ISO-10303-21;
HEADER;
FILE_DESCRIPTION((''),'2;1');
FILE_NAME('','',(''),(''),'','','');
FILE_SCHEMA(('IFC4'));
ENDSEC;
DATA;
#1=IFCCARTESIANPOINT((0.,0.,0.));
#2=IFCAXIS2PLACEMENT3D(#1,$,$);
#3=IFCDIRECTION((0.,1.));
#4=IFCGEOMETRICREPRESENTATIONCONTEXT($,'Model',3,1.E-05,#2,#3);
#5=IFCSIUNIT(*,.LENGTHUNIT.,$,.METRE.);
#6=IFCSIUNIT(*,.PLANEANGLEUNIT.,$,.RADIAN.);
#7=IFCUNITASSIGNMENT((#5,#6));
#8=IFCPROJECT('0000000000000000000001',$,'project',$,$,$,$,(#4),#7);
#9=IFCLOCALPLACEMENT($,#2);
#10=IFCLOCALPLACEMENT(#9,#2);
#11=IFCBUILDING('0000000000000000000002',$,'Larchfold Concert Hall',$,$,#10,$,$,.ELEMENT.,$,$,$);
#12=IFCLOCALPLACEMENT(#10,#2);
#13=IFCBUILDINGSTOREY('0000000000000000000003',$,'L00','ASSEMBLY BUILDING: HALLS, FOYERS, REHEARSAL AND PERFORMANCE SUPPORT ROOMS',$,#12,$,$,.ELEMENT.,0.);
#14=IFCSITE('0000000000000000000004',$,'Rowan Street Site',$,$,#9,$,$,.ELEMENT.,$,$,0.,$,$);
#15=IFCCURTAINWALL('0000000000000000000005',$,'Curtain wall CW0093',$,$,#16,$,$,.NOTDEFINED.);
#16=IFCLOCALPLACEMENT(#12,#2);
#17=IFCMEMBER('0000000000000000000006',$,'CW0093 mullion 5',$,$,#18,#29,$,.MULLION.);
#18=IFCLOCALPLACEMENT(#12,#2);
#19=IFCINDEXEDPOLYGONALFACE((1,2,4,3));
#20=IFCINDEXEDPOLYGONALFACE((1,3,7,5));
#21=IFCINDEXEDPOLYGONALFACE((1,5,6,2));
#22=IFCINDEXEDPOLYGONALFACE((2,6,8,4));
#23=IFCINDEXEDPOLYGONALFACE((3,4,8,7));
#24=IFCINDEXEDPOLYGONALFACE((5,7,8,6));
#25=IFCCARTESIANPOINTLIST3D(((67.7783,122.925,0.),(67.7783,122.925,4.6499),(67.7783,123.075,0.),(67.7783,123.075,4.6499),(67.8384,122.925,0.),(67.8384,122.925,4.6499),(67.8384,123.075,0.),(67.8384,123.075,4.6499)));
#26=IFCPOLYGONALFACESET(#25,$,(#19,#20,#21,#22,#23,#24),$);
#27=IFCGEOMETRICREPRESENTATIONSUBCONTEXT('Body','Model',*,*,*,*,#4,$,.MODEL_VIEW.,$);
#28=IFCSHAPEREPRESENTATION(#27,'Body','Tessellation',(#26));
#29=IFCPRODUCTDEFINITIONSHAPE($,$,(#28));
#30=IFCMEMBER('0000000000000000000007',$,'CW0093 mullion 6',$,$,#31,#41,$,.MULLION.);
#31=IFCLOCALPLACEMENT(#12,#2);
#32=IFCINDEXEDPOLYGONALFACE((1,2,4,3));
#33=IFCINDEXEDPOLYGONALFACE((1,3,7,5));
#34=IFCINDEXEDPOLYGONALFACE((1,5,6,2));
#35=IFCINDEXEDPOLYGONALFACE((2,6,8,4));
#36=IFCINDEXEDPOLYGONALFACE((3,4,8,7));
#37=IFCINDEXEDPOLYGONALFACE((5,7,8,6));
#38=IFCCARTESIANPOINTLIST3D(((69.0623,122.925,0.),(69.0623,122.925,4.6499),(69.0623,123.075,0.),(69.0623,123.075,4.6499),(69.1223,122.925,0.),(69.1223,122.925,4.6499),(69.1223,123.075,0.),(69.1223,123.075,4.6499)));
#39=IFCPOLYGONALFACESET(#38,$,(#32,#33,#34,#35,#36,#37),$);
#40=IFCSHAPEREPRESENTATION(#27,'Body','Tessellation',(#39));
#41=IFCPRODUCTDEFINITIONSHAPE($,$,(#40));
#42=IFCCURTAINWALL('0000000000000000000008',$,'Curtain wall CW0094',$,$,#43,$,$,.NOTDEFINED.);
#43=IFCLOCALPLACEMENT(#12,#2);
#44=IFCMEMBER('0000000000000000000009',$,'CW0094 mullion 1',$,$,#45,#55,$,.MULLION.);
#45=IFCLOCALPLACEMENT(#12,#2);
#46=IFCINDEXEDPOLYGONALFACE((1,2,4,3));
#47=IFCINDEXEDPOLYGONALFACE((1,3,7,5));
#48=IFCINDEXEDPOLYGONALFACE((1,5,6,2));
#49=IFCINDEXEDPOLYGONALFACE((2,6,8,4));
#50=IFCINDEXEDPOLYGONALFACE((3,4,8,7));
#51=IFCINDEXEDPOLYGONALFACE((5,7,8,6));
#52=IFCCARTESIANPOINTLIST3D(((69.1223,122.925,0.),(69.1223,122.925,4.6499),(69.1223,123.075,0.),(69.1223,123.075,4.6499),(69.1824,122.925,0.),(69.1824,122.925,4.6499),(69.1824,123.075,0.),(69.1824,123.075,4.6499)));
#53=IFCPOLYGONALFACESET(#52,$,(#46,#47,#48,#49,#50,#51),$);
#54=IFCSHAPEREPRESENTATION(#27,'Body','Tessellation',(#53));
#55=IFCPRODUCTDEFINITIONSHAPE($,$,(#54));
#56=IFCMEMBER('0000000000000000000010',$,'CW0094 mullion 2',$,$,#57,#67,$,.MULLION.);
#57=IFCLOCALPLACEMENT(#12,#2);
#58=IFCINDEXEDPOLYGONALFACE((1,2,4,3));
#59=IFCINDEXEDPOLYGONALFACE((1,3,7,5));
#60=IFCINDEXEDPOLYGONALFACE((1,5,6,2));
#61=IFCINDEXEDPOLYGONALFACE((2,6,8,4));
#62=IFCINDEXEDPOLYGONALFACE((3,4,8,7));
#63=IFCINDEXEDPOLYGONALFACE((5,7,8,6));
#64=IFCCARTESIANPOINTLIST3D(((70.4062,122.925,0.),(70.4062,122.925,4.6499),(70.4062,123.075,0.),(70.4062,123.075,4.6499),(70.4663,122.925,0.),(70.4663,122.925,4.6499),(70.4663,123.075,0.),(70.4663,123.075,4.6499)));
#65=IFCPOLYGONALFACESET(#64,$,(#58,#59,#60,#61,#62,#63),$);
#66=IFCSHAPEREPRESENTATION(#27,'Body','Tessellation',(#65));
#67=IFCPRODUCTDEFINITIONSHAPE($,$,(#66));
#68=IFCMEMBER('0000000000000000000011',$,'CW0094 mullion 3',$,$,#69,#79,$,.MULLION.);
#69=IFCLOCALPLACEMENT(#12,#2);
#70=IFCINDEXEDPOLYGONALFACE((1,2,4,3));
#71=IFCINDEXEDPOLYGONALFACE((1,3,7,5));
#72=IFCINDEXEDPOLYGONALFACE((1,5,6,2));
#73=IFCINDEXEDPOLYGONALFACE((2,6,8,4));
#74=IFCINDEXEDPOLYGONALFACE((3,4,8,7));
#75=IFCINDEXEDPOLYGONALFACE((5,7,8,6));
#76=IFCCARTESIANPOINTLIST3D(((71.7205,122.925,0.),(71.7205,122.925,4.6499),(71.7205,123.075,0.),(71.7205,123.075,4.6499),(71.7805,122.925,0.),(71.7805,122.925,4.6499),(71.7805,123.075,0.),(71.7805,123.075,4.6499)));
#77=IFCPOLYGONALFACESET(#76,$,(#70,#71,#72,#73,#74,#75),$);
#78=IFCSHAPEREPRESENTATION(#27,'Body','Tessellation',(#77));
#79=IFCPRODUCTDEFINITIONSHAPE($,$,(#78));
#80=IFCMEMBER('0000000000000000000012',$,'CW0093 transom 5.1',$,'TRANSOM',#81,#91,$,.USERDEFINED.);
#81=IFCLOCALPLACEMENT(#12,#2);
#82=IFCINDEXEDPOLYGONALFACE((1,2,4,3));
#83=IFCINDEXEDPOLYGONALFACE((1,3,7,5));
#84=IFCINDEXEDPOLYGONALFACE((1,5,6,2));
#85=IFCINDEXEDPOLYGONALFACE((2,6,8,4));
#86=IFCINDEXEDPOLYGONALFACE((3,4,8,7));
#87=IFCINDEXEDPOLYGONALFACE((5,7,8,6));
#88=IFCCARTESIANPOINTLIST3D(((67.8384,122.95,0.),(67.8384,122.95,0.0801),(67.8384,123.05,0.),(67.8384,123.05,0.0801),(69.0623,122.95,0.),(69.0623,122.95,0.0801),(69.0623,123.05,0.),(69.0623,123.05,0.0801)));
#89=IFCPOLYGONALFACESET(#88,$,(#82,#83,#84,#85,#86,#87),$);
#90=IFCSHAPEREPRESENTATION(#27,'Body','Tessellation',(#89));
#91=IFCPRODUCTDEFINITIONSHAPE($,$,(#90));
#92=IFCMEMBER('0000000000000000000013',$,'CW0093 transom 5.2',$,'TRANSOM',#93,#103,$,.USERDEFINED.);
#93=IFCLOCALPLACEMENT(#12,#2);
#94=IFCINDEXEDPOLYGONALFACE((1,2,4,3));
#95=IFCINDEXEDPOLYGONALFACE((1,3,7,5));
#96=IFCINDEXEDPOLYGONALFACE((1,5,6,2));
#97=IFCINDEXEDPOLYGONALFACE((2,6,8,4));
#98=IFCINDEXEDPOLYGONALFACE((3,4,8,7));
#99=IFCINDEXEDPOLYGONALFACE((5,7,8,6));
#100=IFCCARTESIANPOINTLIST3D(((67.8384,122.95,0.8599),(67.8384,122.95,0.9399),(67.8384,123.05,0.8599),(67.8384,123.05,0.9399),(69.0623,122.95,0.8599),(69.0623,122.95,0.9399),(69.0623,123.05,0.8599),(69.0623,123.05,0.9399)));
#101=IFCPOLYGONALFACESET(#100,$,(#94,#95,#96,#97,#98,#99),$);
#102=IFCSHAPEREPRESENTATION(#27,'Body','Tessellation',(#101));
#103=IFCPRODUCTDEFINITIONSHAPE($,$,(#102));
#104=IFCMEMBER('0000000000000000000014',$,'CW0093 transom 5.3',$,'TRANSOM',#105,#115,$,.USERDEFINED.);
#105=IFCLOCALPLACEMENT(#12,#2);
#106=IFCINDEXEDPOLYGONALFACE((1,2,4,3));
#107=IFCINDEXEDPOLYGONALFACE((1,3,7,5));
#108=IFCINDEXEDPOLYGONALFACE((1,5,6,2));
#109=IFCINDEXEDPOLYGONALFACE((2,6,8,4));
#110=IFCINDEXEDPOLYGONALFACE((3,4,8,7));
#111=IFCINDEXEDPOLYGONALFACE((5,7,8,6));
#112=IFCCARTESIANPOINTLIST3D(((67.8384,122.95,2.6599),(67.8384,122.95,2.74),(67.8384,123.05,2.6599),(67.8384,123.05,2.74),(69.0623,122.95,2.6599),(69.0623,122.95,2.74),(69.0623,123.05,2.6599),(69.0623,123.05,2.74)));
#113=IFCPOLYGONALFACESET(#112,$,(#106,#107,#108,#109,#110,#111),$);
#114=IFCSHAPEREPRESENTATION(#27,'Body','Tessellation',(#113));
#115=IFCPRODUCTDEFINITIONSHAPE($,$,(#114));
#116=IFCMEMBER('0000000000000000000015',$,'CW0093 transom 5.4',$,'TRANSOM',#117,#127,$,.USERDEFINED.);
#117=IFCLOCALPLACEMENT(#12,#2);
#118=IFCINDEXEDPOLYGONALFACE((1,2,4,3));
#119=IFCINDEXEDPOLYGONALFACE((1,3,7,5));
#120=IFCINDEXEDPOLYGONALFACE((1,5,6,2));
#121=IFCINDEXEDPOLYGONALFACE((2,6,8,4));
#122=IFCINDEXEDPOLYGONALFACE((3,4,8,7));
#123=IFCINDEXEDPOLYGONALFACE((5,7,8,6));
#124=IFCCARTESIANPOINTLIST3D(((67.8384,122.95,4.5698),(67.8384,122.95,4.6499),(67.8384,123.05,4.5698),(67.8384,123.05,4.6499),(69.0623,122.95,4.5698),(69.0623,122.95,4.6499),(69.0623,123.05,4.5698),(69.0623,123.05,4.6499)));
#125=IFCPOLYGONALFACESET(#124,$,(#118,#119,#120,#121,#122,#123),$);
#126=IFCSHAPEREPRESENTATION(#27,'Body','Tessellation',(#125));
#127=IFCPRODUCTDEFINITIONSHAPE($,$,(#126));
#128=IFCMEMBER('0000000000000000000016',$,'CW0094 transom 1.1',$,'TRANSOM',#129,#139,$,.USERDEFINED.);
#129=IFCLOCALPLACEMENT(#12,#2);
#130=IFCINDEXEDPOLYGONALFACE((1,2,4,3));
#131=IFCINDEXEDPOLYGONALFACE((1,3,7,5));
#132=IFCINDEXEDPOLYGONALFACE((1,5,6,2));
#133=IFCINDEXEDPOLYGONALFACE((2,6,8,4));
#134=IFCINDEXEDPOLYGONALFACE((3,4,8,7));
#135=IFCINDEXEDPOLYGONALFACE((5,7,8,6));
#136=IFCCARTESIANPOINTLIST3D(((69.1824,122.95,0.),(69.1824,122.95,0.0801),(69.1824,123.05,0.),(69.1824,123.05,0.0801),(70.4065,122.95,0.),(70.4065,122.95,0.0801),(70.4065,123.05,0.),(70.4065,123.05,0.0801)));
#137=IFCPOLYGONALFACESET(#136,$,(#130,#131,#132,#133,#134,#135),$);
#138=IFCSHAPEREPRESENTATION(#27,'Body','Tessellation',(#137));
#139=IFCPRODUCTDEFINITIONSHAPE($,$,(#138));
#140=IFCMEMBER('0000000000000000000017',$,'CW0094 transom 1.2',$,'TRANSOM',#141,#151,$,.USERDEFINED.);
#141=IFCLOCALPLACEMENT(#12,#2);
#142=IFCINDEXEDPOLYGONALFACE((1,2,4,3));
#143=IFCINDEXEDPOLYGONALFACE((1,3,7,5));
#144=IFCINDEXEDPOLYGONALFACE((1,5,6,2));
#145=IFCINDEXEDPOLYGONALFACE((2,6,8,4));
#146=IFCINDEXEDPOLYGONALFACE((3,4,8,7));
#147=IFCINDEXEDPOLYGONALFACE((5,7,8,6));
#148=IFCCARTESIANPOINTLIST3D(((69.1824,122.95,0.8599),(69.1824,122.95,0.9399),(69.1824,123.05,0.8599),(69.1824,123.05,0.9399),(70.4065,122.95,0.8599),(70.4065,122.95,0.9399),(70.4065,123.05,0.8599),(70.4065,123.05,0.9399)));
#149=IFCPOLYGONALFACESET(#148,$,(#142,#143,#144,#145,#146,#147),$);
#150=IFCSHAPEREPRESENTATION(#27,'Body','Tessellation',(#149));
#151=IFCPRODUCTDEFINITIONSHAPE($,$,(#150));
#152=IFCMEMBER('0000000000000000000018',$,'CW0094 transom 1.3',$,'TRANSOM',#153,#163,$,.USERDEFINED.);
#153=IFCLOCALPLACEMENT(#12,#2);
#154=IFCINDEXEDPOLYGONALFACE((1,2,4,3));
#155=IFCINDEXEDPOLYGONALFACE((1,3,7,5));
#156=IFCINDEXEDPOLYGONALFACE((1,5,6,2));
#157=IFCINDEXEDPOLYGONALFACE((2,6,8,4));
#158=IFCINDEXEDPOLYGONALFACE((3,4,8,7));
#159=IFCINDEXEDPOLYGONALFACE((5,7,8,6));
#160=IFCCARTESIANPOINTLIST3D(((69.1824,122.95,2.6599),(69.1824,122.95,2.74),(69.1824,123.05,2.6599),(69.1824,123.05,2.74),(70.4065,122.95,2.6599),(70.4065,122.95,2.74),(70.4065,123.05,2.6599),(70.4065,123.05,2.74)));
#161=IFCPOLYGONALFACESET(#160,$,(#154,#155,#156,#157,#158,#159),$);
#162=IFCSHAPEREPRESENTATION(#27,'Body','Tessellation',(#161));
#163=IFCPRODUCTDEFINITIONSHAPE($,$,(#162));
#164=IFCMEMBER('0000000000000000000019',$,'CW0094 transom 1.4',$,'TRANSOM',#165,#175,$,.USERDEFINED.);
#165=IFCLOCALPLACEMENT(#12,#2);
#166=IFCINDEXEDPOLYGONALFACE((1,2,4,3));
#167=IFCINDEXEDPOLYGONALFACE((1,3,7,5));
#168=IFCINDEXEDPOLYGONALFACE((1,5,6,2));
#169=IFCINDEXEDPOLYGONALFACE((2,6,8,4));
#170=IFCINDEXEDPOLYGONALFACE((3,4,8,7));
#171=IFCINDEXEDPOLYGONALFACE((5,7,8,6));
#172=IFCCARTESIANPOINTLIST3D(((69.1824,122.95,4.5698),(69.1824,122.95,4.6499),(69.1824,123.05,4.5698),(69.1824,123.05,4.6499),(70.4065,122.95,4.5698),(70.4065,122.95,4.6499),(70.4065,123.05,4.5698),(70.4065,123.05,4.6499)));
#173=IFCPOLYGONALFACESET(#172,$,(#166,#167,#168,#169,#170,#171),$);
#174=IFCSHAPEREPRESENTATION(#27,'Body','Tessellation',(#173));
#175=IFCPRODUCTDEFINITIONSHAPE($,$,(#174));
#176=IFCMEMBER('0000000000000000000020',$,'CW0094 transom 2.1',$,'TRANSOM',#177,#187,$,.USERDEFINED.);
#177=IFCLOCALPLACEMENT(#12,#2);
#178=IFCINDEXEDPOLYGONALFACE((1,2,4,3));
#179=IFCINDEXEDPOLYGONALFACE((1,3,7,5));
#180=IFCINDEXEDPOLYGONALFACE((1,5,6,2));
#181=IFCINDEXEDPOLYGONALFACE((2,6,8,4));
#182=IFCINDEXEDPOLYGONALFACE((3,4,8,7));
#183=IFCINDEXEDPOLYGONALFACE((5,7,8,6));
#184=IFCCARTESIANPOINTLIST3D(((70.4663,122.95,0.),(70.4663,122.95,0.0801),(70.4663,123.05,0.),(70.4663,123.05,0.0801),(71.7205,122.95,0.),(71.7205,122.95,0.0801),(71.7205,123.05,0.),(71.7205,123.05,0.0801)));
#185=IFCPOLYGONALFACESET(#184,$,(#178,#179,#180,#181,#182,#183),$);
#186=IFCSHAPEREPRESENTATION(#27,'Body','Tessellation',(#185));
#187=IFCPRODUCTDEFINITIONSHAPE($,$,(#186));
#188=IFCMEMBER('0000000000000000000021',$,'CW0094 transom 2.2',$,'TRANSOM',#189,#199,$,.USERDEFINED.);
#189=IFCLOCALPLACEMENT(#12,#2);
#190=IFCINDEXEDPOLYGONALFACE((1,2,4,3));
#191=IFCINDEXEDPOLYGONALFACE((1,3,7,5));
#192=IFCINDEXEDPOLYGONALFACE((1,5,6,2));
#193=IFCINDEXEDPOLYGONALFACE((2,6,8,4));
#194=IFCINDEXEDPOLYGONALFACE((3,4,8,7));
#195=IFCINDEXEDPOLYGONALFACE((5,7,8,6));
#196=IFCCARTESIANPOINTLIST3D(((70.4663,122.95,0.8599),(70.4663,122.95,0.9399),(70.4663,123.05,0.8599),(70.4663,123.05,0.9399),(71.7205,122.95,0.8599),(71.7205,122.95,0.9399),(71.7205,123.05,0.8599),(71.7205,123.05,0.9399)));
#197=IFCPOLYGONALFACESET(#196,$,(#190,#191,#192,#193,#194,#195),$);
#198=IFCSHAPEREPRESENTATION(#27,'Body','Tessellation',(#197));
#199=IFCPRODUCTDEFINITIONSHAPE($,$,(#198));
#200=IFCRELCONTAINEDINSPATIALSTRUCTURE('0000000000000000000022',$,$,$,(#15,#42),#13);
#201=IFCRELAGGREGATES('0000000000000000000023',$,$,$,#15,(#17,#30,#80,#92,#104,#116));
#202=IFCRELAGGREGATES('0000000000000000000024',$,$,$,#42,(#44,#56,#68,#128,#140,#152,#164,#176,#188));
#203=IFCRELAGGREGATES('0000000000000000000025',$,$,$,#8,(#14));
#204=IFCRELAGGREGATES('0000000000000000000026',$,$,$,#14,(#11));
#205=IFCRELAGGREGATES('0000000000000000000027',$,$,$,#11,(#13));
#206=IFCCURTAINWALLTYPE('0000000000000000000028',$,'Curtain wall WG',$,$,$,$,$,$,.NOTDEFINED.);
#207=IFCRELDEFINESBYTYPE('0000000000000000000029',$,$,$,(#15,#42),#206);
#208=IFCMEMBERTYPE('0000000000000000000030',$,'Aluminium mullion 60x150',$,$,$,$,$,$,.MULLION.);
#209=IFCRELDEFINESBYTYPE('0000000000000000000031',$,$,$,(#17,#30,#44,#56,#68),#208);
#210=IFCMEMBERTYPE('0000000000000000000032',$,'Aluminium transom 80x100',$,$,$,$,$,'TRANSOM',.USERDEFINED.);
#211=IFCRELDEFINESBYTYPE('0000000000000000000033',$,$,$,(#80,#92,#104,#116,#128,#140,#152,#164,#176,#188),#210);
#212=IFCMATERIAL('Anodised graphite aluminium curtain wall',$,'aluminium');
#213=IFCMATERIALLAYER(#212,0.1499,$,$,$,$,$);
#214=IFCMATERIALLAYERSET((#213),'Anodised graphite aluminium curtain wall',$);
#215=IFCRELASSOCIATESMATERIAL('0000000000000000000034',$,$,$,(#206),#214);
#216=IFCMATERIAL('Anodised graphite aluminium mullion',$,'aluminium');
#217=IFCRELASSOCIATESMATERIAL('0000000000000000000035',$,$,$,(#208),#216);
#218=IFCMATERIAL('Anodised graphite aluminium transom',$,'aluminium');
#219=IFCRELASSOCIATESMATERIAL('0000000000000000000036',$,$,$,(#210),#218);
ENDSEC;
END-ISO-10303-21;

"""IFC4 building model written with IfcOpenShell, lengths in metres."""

from ifc_helpers import new_model, si_unit, direction, frame, origin, origin_2d, place, context, subcontext, project, spatial, rectangle, extrude, material, layer, layer_set, material_profile, profile_set, type_object, element, aggregate, save


model = new_model("IFC4")

# Units and contexts
model_context = context("Model", 3, precision=1e-05, world=origin(), true_north=direction((0.0, 1.0)))
body_context = subcontext(model_context, "Body", "Model", "MODEL_VIEW")
ifc_project = project(units=[si_unit("LENGTHUNIT", "METRE"), si_unit("PLANEANGLEUNIT", "RADIAN")], contexts=[model_context])

# Site, building, storey
site_placement = place(None, origin())
site = spatial("IfcSite", under=ifc_project, at=site_placement, Name="Rowan Street Site", CompositionType="ELEMENT", RefElevation=0.0)
building_placement = place(site_placement, origin())
building = spatial("IfcBuilding", under=site, at=building_placement, Name="Larchfold Concert Hall", CompositionType="ELEMENT")
storey_placement = place(building_placement, origin())
storey = spatial("IfcBuildingStorey", under=building, at=storey_placement, Name="L00", Description="ASSEMBLY BUILDING: HALLS, FOYERS, REHEARSAL AND PERFORMANCE SUPPORT ROOMS", CompositionType="ELEMENT", Elevation=0.0)

# Curtain walls, members
ifc_material_1 = material(Name="Anodised graphite aluminium curtain wall", Category="aluminium")
ifc_layer_1 = layer(ifc_material_1, 0.1499)
ifc_layer_set_1 = layer_set([ifc_layer_1], Name="Anodised graphite aluminium curtain wall")
curtain_wall_type = type_object("IfcCurtainWallType", Name="Curtain wall WG", PredefinedType="NOTDEFINED", material=ifc_layer_set_1)
curtain_wall_1_placement = place(storey_placement, origin())
curtain_wall_1 = element("IfcCurtainWall", 1, at=curtain_wall_1_placement, inside=storey, type_object=curtain_wall_type, Name="Curtain wall CW0093", PredefinedType="NOTDEFINED")
ifc_material_2 = material(Name="Anodised graphite aluminium mullion", Category="aluminium")
ifc_material_profile_1 = material_profile(ifc_material_2, rectangle(XDim=0.1499, YDim=0.0601, at=origin_2d()))
ifc_profile_set_1 = profile_set([ifc_material_profile_1], Name="Anodised graphite aluminium mullion")
member_type_1 = type_object("IfcMemberType", Name="Aluminium mullion 60x150", PredefinedType="MULLION", material=ifc_profile_set_1)
member_1_placement = place(storey_placement, frame((67.8083, 123.0, 0.0), z_axis=(0.0, 0.0, 1.0), x_axis=(0.0, 1.0, 0.0)))
member_1 = element("IfcMember", 2, at=member_1_placement, type_object=member_type_1, Name="CW0093 mullion 5", PredefinedType="MULLION", context=body_context, shape_type="SweptSolid", body=[
    extrude(rectangle(XDim=0.1499, YDim=0.0601, at=origin_2d()), origin(), (0.0, 0.0, 1.0), 4.6499),
])
member_2_placement = place(storey_placement, frame((69.0923, 123.0, 0.0), z_axis=(0.0, 0.0, 1.0), x_axis=(0.0, 1.0, 0.0)))
member_2 = element("IfcMember", 3, at=member_2_placement, type_object=member_type_1, Name="CW0093 mullion 6", PredefinedType="MULLION", context=body_context, shape_type="SweptSolid", body=[
    extrude(rectangle(XDim=0.1499, YDim=0.0601, at=origin_2d()), origin(), (0.0, 0.0, 1.0), 4.6499),
])
curtain_wall_2_placement = place(storey_placement, origin())
curtain_wall_2 = element("IfcCurtainWall", 4, at=curtain_wall_2_placement, inside=storey, type_object=curtain_wall_type, Name="Curtain wall CW0094", PredefinedType="NOTDEFINED")
member_3_placement = place(storey_placement, frame((69.1523, 123.0, 0.0), z_axis=(0.0, 0.0, 1.0), x_axis=(0.0, 1.0, 0.0)))
member_3 = element("IfcMember", 5, at=member_3_placement, type_object=member_type_1, Name="CW0094 mullion 1", PredefinedType="MULLION", context=body_context, shape_type="SweptSolid", body=[
    extrude(rectangle(XDim=0.1499, YDim=0.0601, at=origin_2d()), origin(), (0.0, 0.0, 1.0), 4.6499),
])
member_4_placement = place(storey_placement, frame((70.4363, 123.0, 0.0), z_axis=(0.0, 0.0, 1.0), x_axis=(0.0, 1.0, 0.0)))
member_4 = element("IfcMember", 6, at=member_4_placement, type_object=member_type_1, Name="CW0094 mullion 2", PredefinedType="MULLION", context=body_context, shape_type="SweptSolid", body=[
    extrude(rectangle(XDim=0.1499, YDim=0.0601, at=origin_2d()), origin(), (0.0, 0.0, 1.0), 4.6499),
])
member_5_placement = place(storey_placement, frame((71.7505, 123.0, 0.0), z_axis=(0.0, 0.0, 1.0), x_axis=(0.0, 1.0, 0.0)))
member_5 = element("IfcMember", 7, at=member_5_placement, type_object=member_type_1, Name="CW0094 mullion 3", PredefinedType="MULLION", context=body_context, shape_type="SweptSolid", body=[
    extrude(rectangle(XDim=0.1499, YDim=0.0601, at=origin_2d()), origin(), (0.0, 0.0, 1.0), 4.6499),
])

# Members
ifc_material_3 = material(Name="Anodised graphite aluminium transom", Category="aluminium")
ifc_material_profile_2 = material_profile(ifc_material_3, rectangle(XDim=0.1001, YDim=0.0801, at=origin_2d()))
ifc_profile_set_2 = profile_set([ifc_material_profile_2], Name="Anodised graphite aluminium transom")
member_type_2 = type_object("IfcMemberType", Name="Aluminium transom 80x100", ElementType="TRANSOM", PredefinedType="USERDEFINED", material=ifc_profile_set_2)
member_6_placement = place(storey_placement, frame((67.8384, 123.0, 0.04), z_axis=(1.0, 0.0, 0.0), x_axis=(0.0, 1.0, 0.0)))
member_6 = element("IfcMember", 8, at=member_6_placement, type_object=member_type_2, Name="CW0093 transom 5.1", ObjectType="TRANSOM", PredefinedType="USERDEFINED", context=body_context, shape_type="SweptSolid", body=[
    extrude(rectangle(XDim=0.1001, YDim=0.0801, at=origin_2d()), origin(), (0.0, 0.0, 1.0), 1.2239),
])
member_7_placement = place(storey_placement, frame((67.8384, 123.0, 0.8999), z_axis=(1.0, 0.0, 0.0), x_axis=(0.0, 1.0, 0.0)))
member_7 = element("IfcMember", 9, at=member_7_placement, type_object=member_type_2, Name="CW0093 transom 5.2", ObjectType="TRANSOM", PredefinedType="USERDEFINED", context=body_context, shape_type="SweptSolid", body=[
    extrude(rectangle(XDim=0.1001, YDim=0.0801, at=origin_2d()), origin(), (0.0, 0.0, 1.0), 1.2239),
])
member_8_placement = place(storey_placement, frame((67.8384, 123.0, 2.7), z_axis=(1.0, 0.0, 0.0), x_axis=(0.0, 1.0, 0.0)))
member_8 = element("IfcMember", 10, at=member_8_placement, type_object=member_type_2, Name="CW0093 transom 5.3", ObjectType="TRANSOM", PredefinedType="USERDEFINED", context=body_context, shape_type="SweptSolid", body=[
    extrude(rectangle(XDim=0.1001, YDim=0.0801, at=origin_2d()), origin(), (0.0, 0.0, 1.0), 1.2239),
])
member_9_placement = place(storey_placement, frame((67.8384, 123.0, 4.6099), z_axis=(1.0, 0.0, 0.0), x_axis=(0.0, 1.0, 0.0)))
member_9 = element("IfcMember", 11, at=member_9_placement, type_object=member_type_2, Name="CW0093 transom 5.4", ObjectType="TRANSOM", PredefinedType="USERDEFINED", context=body_context, shape_type="SweptSolid", body=[
    extrude(rectangle(XDim=0.1001, YDim=0.0801, at=origin_2d()), origin(), (0.0, 0.0, 1.0), 1.2239),
])
member_10_placement = place(storey_placement, frame((69.1824, 123.0, 0.04), z_axis=(1.0, 0.0, 0.0), x_axis=(0.0, 1.0, 0.0)))
member_10 = element("IfcMember", 12, at=member_10_placement, type_object=member_type_2, Name="CW0094 transom 1.1", ObjectType="TRANSOM", PredefinedType="USERDEFINED", context=body_context, shape_type="SweptSolid", body=[
    extrude(rectangle(XDim=0.1001, YDim=0.0801, at=origin_2d()), origin(), (0.0, 0.0, 1.0), 1.2241),
])
member_11_placement = place(storey_placement, frame((69.1824, 123.0, 0.8999), z_axis=(1.0, 0.0, 0.0), x_axis=(0.0, 1.0, 0.0)))
member_11 = element("IfcMember", 13, at=member_11_placement, type_object=member_type_2, Name="CW0094 transom 1.2", ObjectType="TRANSOM", PredefinedType="USERDEFINED", context=body_context, shape_type="SweptSolid", body=[
    extrude(rectangle(XDim=0.1001, YDim=0.0801, at=origin_2d()), origin(), (0.0, 0.0, 1.0), 1.2241),
])
member_12_placement = place(storey_placement, frame((69.1824, 123.0, 2.7), z_axis=(1.0, 0.0, 0.0), x_axis=(0.0, 1.0, 0.0)))
member_12 = element("IfcMember", 14, at=member_12_placement, type_object=member_type_2, Name="CW0094 transom 1.3", ObjectType="TRANSOM", PredefinedType="USERDEFINED", context=body_context, shape_type="SweptSolid", body=[
    extrude(rectangle(XDim=0.1001, YDim=0.0801, at=origin_2d()), origin(), (0.0, 0.0, 1.0), 1.2241),
])
member_13_placement = place(storey_placement, frame((69.1824, 123.0, 4.6099), z_axis=(1.0, 0.0, 0.0), x_axis=(0.0, 1.0, 0.0)))
member_13 = element("IfcMember", 15, at=member_13_placement, type_object=member_type_2, Name="CW0094 transom 1.4", ObjectType="TRANSOM", PredefinedType="USERDEFINED", context=body_context, shape_type="SweptSolid", body=[
    extrude(rectangle(XDim=0.1001, YDim=0.0801, at=origin_2d()), origin(), (0.0, 0.0, 1.0), 1.2241),
])
member_14_placement = place(storey_placement, frame((70.4663, 123.0, 0.04), z_axis=(1.0, 0.0, 0.0), x_axis=(0.0, 1.0, 0.0)))
member_14 = element("IfcMember", 16, at=member_14_placement, type_object=member_type_2, Name="CW0094 transom 2.1", ObjectType="TRANSOM", PredefinedType="USERDEFINED", context=body_context, shape_type="SweptSolid", body=[
    extrude(rectangle(XDim=0.1001, YDim=0.0801, at=origin_2d()), origin(), (0.0, 0.0, 1.0), 1.2542),
])
member_15_placement = place(storey_placement, frame((70.4663, 123.0, 0.8999), z_axis=(1.0, 0.0, 0.0), x_axis=(0.0, 1.0, 0.0)))
member_15 = element("IfcMember", 17, at=member_15_placement, type_object=member_type_2, Name="CW0094 transom 2.2", ObjectType="TRANSOM", PredefinedType="USERDEFINED", context=body_context, shape_type="SweptSolid", body=[
    extrude(rectangle(XDim=0.1001, YDim=0.0801, at=origin_2d()), origin(), (0.0, 0.0, 1.0), 1.2542),
])

aggregate(curtain_wall_1, [member_1, member_2, member_6, member_7, member_8, member_9])
aggregate(curtain_wall_2, [member_3, member_4, member_5, member_10, member_11, member_12, member_13, member_14, member_15])

save(model, "model.ifc")
